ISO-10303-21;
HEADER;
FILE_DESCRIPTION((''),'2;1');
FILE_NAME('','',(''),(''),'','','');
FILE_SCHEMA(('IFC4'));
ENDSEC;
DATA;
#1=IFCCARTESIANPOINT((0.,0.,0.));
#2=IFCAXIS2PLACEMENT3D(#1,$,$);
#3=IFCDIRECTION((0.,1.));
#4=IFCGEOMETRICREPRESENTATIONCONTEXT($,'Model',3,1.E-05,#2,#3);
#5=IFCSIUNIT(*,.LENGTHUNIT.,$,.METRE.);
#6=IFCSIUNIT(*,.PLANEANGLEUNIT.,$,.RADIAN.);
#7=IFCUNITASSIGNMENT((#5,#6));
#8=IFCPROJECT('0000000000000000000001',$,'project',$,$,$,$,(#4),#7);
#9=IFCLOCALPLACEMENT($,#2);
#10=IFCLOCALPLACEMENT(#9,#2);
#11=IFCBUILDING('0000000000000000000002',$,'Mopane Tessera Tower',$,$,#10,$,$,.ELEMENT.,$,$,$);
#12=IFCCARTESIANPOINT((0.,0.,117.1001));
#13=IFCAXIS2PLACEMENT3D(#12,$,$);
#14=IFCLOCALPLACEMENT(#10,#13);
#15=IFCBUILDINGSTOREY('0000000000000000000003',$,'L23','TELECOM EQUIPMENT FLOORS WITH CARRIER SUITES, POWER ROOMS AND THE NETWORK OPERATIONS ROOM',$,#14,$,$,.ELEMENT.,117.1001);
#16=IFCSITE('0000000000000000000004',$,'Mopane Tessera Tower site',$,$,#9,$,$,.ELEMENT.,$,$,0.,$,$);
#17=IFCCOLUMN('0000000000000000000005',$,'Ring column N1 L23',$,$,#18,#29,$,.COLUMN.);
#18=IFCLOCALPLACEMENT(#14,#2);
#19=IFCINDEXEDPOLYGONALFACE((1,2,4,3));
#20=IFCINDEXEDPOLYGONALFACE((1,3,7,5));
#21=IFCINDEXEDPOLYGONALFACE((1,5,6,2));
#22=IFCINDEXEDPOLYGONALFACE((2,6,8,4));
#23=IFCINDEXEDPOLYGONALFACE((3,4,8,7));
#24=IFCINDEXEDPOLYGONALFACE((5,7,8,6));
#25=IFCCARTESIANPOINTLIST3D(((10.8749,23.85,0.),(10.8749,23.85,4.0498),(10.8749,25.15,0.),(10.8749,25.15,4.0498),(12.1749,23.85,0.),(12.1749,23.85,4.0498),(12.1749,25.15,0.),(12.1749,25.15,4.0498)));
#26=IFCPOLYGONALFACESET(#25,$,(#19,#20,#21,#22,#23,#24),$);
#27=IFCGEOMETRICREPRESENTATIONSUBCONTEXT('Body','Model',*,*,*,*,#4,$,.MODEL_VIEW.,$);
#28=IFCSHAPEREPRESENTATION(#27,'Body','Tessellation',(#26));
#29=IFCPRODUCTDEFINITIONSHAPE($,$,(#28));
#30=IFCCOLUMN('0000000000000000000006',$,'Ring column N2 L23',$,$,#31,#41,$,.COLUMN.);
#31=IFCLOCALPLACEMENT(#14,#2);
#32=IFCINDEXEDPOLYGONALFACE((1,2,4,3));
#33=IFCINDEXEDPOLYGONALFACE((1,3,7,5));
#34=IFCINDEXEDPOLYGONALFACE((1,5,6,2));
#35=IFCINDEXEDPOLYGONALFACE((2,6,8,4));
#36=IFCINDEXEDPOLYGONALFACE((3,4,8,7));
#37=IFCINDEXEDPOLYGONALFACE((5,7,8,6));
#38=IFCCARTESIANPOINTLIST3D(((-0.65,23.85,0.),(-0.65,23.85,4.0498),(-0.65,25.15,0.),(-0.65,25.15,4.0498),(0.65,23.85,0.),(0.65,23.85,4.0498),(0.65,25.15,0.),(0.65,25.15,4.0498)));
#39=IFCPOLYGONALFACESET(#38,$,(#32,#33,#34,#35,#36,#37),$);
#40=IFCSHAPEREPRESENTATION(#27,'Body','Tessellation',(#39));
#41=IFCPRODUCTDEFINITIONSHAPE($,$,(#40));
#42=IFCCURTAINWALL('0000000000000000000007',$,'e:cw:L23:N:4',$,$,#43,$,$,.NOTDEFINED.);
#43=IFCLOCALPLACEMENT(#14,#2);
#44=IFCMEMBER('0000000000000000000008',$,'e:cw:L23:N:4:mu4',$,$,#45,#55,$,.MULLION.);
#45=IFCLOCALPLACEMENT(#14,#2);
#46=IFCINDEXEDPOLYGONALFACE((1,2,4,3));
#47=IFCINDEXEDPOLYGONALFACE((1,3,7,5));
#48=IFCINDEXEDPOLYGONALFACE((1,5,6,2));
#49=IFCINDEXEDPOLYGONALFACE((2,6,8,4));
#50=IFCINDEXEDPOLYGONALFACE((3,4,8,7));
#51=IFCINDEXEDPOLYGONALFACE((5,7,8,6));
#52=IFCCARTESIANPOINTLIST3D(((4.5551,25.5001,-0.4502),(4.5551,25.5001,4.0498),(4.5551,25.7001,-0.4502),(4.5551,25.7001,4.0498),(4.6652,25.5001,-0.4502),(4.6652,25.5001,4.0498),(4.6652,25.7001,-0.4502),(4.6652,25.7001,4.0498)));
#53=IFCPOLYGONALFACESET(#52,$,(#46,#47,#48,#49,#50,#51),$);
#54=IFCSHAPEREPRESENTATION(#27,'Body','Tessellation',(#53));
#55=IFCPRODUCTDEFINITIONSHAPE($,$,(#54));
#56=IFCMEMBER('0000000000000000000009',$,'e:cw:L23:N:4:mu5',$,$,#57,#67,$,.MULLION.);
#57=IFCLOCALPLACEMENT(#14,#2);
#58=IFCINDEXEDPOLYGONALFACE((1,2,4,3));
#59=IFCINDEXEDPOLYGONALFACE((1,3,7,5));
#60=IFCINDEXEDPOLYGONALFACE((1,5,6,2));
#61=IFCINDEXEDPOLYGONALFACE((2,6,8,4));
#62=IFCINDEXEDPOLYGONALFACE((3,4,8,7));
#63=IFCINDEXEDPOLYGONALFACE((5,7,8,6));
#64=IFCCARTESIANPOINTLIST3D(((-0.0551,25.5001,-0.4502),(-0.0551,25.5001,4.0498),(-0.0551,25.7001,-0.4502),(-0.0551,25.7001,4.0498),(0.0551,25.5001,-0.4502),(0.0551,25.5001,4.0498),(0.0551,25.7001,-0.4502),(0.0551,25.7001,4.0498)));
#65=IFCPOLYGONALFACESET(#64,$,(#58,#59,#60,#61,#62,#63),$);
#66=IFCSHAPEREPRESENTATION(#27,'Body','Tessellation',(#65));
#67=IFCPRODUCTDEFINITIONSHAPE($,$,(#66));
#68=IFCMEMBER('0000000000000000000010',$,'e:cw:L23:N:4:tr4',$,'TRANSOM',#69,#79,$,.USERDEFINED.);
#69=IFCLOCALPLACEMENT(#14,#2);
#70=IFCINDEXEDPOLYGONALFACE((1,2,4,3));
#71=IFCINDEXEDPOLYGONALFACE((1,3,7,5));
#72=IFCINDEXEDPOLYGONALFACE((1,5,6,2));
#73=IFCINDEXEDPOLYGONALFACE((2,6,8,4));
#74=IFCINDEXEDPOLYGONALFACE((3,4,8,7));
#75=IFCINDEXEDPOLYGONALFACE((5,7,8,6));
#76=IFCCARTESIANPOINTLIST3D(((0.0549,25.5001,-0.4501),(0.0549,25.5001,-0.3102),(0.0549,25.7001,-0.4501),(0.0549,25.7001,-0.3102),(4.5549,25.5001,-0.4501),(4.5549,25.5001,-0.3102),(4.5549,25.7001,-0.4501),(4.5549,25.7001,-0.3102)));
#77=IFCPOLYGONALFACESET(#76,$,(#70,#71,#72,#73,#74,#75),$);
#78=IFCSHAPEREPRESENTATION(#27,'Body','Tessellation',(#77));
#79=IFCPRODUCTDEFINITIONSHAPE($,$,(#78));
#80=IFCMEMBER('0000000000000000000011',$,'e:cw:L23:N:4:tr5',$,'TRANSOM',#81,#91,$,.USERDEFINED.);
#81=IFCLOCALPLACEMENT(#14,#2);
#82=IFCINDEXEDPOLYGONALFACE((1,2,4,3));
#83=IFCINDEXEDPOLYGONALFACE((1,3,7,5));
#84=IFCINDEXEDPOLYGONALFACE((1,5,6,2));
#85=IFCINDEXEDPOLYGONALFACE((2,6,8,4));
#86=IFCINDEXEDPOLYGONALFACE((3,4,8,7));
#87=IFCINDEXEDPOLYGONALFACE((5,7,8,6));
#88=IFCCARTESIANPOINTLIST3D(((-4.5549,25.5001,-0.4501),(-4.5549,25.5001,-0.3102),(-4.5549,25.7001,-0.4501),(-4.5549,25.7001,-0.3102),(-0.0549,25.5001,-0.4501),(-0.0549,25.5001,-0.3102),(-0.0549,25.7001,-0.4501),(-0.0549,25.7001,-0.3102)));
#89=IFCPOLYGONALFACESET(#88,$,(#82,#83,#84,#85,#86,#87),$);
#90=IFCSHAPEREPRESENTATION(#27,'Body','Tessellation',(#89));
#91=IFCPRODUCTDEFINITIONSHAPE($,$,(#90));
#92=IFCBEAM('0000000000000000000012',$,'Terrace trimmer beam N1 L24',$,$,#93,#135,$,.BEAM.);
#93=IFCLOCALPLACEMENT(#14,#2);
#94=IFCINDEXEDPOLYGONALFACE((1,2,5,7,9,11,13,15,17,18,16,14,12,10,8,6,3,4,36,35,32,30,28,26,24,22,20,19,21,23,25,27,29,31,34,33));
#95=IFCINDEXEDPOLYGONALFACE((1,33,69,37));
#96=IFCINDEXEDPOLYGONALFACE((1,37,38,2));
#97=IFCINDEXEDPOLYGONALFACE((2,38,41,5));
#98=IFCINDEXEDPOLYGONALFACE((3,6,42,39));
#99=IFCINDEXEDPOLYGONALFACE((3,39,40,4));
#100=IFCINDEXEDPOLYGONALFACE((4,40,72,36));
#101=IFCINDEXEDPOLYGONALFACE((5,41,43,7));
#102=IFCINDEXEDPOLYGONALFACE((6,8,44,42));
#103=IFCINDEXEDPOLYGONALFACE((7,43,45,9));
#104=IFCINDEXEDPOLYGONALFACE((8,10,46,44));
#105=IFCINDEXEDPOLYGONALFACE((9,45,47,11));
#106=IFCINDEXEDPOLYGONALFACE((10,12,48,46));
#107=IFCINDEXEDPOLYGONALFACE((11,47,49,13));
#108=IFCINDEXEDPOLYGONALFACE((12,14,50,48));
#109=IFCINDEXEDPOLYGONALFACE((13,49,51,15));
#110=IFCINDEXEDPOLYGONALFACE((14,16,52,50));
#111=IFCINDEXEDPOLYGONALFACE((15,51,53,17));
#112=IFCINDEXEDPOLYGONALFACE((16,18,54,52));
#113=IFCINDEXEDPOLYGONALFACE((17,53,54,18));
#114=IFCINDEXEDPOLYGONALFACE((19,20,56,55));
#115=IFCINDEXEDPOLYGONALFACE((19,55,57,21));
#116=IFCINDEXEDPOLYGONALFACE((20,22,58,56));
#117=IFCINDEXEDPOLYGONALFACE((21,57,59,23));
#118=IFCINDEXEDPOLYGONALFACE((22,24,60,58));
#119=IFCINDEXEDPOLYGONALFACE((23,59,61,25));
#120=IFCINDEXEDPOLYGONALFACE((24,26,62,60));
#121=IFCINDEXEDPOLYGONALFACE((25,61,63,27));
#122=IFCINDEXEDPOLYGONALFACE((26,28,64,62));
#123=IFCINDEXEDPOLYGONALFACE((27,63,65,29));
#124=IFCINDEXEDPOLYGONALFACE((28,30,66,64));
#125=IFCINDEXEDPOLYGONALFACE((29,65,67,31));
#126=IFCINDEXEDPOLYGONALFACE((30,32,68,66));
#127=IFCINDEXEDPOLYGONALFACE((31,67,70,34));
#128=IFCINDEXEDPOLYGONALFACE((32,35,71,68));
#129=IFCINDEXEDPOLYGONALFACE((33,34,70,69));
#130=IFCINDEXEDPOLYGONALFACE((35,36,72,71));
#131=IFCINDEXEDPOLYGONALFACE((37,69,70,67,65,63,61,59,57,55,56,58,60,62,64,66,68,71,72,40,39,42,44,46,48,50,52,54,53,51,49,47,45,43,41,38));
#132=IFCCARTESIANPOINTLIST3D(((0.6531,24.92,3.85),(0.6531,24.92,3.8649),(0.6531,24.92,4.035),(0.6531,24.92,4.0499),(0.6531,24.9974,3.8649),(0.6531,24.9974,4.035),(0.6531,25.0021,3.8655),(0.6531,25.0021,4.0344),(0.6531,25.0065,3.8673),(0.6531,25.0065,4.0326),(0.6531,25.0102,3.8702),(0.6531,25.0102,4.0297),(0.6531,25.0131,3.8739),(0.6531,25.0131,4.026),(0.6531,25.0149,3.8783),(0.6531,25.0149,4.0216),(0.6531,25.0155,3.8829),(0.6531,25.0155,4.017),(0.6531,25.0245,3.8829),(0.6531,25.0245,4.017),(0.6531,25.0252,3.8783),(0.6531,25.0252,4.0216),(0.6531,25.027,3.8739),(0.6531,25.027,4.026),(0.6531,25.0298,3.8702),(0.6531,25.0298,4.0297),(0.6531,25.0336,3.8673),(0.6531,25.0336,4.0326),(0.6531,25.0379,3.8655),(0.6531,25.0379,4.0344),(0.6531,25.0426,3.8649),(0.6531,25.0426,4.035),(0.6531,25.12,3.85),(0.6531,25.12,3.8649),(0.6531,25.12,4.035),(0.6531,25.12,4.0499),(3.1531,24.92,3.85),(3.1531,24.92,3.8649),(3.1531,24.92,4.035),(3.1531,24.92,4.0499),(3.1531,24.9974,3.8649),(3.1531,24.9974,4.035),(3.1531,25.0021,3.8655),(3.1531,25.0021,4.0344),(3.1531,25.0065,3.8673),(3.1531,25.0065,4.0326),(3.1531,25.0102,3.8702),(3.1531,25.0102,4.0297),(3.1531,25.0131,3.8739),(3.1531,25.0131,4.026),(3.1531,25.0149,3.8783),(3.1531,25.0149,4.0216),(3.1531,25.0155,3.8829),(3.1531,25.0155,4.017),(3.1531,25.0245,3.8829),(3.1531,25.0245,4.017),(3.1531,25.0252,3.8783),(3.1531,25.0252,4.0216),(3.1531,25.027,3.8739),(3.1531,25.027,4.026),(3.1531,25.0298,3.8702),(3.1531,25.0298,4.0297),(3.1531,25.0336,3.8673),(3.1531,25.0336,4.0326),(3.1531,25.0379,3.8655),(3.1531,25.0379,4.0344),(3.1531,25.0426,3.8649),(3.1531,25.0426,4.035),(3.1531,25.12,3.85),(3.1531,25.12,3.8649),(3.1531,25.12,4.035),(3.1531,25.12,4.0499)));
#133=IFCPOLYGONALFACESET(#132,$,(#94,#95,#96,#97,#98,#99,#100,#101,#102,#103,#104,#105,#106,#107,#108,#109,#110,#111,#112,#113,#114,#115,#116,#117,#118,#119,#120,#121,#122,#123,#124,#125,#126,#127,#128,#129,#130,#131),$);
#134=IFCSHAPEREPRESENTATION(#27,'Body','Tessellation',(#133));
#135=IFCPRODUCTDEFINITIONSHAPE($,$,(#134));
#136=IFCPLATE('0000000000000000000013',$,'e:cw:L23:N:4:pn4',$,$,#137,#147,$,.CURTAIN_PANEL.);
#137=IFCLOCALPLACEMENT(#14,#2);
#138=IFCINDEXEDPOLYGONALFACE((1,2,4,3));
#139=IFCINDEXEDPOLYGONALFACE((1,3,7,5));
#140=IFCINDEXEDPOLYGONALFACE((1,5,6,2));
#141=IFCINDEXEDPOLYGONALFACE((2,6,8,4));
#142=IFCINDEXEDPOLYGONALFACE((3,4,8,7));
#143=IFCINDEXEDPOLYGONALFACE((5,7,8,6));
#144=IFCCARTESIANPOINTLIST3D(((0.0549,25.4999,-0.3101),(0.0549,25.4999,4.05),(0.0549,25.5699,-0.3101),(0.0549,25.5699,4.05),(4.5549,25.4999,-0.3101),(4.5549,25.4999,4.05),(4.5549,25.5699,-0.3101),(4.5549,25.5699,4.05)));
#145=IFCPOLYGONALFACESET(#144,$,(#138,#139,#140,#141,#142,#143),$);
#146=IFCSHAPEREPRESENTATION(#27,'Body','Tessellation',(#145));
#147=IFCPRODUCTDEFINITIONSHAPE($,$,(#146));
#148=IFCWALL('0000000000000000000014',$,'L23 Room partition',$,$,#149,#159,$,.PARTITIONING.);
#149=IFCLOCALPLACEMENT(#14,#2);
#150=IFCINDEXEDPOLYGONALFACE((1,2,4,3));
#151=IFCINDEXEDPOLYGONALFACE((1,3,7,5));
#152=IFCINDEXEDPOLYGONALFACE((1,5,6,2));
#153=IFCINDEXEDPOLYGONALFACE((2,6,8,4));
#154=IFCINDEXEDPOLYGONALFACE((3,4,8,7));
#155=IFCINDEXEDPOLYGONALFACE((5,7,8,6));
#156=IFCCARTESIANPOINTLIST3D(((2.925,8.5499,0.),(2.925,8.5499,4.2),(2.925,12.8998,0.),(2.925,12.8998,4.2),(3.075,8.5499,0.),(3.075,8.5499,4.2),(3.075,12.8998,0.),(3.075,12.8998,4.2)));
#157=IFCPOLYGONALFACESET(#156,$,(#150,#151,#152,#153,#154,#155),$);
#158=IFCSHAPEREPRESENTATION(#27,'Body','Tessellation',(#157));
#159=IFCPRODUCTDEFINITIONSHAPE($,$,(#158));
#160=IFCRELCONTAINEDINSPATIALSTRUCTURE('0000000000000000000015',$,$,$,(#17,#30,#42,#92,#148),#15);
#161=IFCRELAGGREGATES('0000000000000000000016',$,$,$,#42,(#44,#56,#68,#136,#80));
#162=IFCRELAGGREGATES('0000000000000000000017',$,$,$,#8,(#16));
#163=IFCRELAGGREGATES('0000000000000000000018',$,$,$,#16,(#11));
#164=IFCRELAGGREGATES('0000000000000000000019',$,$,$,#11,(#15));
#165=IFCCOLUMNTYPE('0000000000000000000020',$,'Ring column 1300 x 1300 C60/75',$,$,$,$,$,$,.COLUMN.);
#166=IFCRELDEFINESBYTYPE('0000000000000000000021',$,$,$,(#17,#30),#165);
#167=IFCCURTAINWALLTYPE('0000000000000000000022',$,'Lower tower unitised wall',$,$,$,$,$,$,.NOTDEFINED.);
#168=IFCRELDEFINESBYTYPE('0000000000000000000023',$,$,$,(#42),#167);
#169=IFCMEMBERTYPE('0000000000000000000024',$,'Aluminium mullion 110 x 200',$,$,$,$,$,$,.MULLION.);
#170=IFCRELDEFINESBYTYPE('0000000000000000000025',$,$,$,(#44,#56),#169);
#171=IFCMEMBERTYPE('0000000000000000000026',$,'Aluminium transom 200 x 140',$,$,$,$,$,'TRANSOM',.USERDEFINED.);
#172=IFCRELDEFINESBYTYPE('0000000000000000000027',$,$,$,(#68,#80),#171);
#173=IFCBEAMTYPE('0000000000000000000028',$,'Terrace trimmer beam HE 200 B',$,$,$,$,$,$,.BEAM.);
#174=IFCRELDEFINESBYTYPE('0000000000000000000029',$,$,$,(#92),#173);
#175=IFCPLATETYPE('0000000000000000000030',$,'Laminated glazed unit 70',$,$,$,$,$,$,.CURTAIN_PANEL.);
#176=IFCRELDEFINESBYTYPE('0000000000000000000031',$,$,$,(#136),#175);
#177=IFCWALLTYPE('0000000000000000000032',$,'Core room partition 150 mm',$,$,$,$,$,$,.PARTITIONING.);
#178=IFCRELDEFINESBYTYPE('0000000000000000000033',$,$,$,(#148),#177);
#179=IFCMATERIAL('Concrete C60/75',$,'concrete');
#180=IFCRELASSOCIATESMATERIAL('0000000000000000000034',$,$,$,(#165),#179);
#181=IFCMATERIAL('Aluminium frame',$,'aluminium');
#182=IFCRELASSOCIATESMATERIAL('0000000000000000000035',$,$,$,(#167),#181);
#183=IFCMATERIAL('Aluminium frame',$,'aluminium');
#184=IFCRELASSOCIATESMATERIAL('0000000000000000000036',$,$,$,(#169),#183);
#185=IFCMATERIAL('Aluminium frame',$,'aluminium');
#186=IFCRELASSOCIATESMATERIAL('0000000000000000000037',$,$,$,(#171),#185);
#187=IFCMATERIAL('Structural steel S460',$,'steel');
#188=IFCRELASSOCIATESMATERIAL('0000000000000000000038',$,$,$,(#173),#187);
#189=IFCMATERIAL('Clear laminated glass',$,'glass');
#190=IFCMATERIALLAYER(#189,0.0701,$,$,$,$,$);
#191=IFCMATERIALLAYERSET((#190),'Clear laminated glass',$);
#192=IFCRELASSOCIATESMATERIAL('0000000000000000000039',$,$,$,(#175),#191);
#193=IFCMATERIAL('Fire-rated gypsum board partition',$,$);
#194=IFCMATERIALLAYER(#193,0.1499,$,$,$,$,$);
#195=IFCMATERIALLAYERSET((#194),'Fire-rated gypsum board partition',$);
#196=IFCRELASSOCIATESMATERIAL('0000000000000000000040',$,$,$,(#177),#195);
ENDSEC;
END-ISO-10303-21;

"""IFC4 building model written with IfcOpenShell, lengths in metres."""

from ifc_helpers import new_model, si_unit, direction, frame, frame_2d, origin, origin_2d, place, context, subcontext, project, spatial, rectangle, i_section, extrude, material, layer, layer_set, material_profile, profile_set, type_object, element, aggregate, save


model = new_model("IFC4")

# Units and contexts
model_context = context("Model", 3, precision=1e-05, world=origin(), true_north=direction((0.0, 1.0)))
body_context = subcontext(model_context, "Body", "Model", "MODEL_VIEW")
ifc_project = project(units=[si_unit("LENGTHUNIT", "METRE"), si_unit("PLANEANGLEUNIT", "RADIAN")], contexts=[model_context])

# Site, building, storey
site_placement = place(None, origin())
site = spatial("IfcSite", under=ifc_project, at=site_placement, Name="Mopane Tessera Tower site", CompositionType="ELEMENT", RefElevation=0.0)
building_placement = place(site_placement, origin())
building = spatial("IfcBuilding", under=site, at=building_placement, Name="Mopane Tessera Tower", CompositionType="ELEMENT")
storey_placement = place(building_placement, frame((0.0, 0.0, 117.1001)))
storey = spatial("IfcBuildingStorey", under=building, at=storey_placement, Name="L23", Description="TELECOM EQUIPMENT FLOORS WITH CARRIER SUITES, POWER ROOMS AND THE NETWORK OPERATIONS ROOM", CompositionType="ELEMENT", Elevation=117.1001)

# Columns
ifc_material_1 = material(Name="Concrete C60/75", Category="concrete")
ifc_material_profile_1 = material_profile(ifc_material_1, rectangle(XDim=1.3, YDim=1.3, at=origin_2d()))
ifc_profile_set_1 = profile_set([ifc_material_profile_1], Name="Concrete C60/75")
column_type = type_object("IfcColumnType", Name="Ring column 1300 x 1300 C60/75", PredefinedType="COLUMN", material=ifc_profile_set_1)
for number, where, z_axis, x_axis, name in (
    (1, (11.5249, 24.5, 0.0), (0.0, 0.0, 1.0), (1.0, 0.0, 0.0), "Ring column N1 L23"),
    (2, (0.0, 24.5, 0.0), (0.0, 0.0, 1.0), (1.0, 0.0, 0.0), "Ring column N2 L23"),
):
    element("IfcColumn", number, at=place(storey_placement, frame(where, z_axis=z_axis, x_axis=x_axis)), inside=storey, type_object=column_type, Name=name, PredefinedType="COLUMN", context=body_context, shape_type="SweptSolid", body=[
        extrude(rectangle(XDim=1.3, YDim=1.3, at=origin_2d()), origin(), (0.0, 0.0, 1.0), 4.0498),
    ])

# Curtain wall, members
ifc_material_2 = material(Name="Aluminium frame", Category="aluminium")
curtain_wall_type = type_object("IfcCurtainWallType", Name="Lower tower unitised wall", PredefinedType="NOTDEFINED", material=ifc_material_2)
curtain_wall_placement = place(storey_placement, origin())
curtain_wall = element("IfcCurtainWall", 3, at=curtain_wall_placement, inside=storey, type_object=curtain_wall_type, Name="e:cw:L23:N:4", PredefinedType="NOTDEFINED")
ifc_material_3 = material(Name="Aluminium frame", Category="aluminium")
ifc_material_profile_2 = material_profile(ifc_material_3, rectangle(XDim=0.1101, YDim=0.2, at=origin_2d()))
ifc_profile_set_2 = profile_set([ifc_material_profile_2], Name="Aluminium frame")
member_type_1 = type_object("IfcMemberType", Name="Aluminium mullion 110 x 200", PredefinedType="MULLION", material=ifc_profile_set_2)
member_1_placement = place(storey_placement, frame((4.6101, 25.6001, -0.4502), z_axis=(0.0, 0.0, 1.0), x_axis=(-1.0, 0.0, 0.0)))
member_1 = element("IfcMember", 4, at=member_1_placement, type_object=member_type_1, Name="e:cw:L23:N:4:mu4", PredefinedType="MULLION", context=body_context, shape_type="SweptSolid", body=[
    extrude(rectangle(XDim=0.1101, YDim=0.2, at=origin_2d()), origin(), (0.0, 0.0, 1.0), 4.5),
])
member_2_placement = place(storey_placement, frame((0.0, 25.6001, -0.4502), z_axis=(0.0, 0.0, 1.0), x_axis=(-1.0, 0.0, 0.0)))
member_2 = element("IfcMember", 5, at=member_2_placement, type_object=member_type_1, Name="e:cw:L23:N:4:mu5", PredefinedType="MULLION", context=body_context, shape_type="SweptSolid", body=[
    extrude(rectangle(XDim=0.1101, YDim=0.2, at=origin_2d()), origin(), (0.0, 0.0, 1.0), 4.5),
])
ifc_material_4 = material(Name="Aluminium frame", Category="aluminium")
ifc_material_profile_3 = material_profile(ifc_material_4, rectangle(XDim=0.2, YDim=0.1399, at=origin_2d()))
ifc_profile_set_3 = profile_set([ifc_material_profile_3], Name="Aluminium frame")
member_type_2 = type_object("IfcMemberType", Name="Aluminium transom 200 x 140", ElementType="TRANSOM", PredefinedType="USERDEFINED", material=ifc_profile_set_3)
member_3_placement = place(storey_placement, frame((4.5549, 25.6001, -0.3801), z_axis=(-1.0, 0.0, 0.0), x_axis=(0.0, -1.0, 0.0)))
member_3 = element("IfcMember", 6, at=member_3_placement, type_object=member_type_2, Name="e:cw:L23:N:4:tr4", ObjectType="TRANSOM", PredefinedType="USERDEFINED", context=body_context, shape_type="SweptSolid", body=[
    extrude(rectangle(XDim=0.2, YDim=0.1399, at=origin_2d()), origin(), (0.0, 0.0, 1.0), 4.5),
])
member_4_placement = place(storey_placement, frame((-0.0549, 25.6001, -0.3801), z_axis=(-1.0, 0.0, 0.0), x_axis=(0.0, -1.0, 0.0)))
member_4 = element("IfcMember", 7, at=member_4_placement, type_object=member_type_2, Name="e:cw:L23:N:4:tr5", ObjectType="TRANSOM", PredefinedType="USERDEFINED", context=body_context, shape_type="SweptSolid", body=[
    extrude(rectangle(XDim=0.2, YDim=0.1399, at=origin_2d()), origin(), (0.0, 0.0, 1.0), 4.5),
])

# Beam
ifc_material_5 = material(Name="Structural steel S460", Category="steel")
ifc_material_profile_4 = material_profile(ifc_material_5, i_section(OverallWidth=0.2, OverallDepth=0.2, WebThickness=0.009, FlangeThickness=0.0149, FilletRadius=0.0181, at=origin_2d()))
ifc_profile_set_4 = profile_set([ifc_material_profile_4], Name="Structural steel S460")
beam_type = type_object("IfcBeamType", Name="Terrace trimmer beam HE 200 B", PredefinedType="BEAM", material=ifc_profile_set_4)
beam_placement = place(storey_placement, frame((0.6531, 25.02, 3.95), z_axis=(1.0, 0.0, 0.0), x_axis=(0.0, 1.0, 0.0)))
element("IfcBeam", 8, at=beam_placement, inside=storey, type_object=beam_type, Name="Terrace trimmer beam N1 L24", PredefinedType="BEAM", context=body_context, shape_type="SweptSolid", body=[
    extrude(i_section(OverallWidth=0.2, OverallDepth=0.2, WebThickness=0.009, FlangeThickness=0.0149, FilletRadius=0.0181, at=origin_2d()), origin(), (0.0, 0.0, 1.0), 2.5),
])

# Plate
ifc_material_6 = material(Name="Clear laminated glass", Category="glass")
ifc_layer_1 = layer(ifc_material_6, 0.0701)
ifc_layer_set_1 = layer_set([ifc_layer_1], Name="Clear laminated glass")
plate_type = type_object("IfcPlateType", Name="Laminated glazed unit 70", PredefinedType="CURTAIN_PANEL", material=ifc_layer_set_1)
plate_placement = place(storey_placement, frame((2.3049, 25.5349, -0.3101), z_axis=(0.0, 0.0, 1.0), x_axis=(-1.0, 0.0, 0.0)))
plate = element("IfcPlate", 9, at=plate_placement, type_object=plate_type, Name="e:cw:L23:N:4:pn4", PredefinedType="CURTAIN_PANEL", context=body_context, shape_type="SweptSolid", body=[
    extrude(rectangle(XDim=4.5, YDim=0.0701, at=origin_2d()), origin(), (0.0, 0.0, 1.0), 4.3601),
])
aggregate(curtain_wall, [member_1, member_2, member_3, plate, member_4])

# Wall
ifc_material_7 = material(Name="Fire-rated gypsum board partition")
ifc_layer_2 = layer(ifc_material_7, 0.1499)
ifc_layer_set_2 = layer_set([ifc_layer_2], Name="Fire-rated gypsum board partition")
wall_type_1 = type_object("IfcWallType", Name="Core room partition 150 mm", PredefinedType="PARTITIONING", material=ifc_layer_set_2)
wall_1_placement = place(storey_placement, frame((3.0, 8.55, 0.0), z_axis=(0.0, 0.0, 1.0), x_axis=(0.0, 1.0, 0.0)))
element("IfcWall", 10, at=wall_1_placement, inside=storey, type_object=wall_type_1, Name="L23 Room partition", PredefinedType="PARTITIONING", context=body_context, shape_type="SweptSolid", body=[
    extrude(rectangle(XDim=4.3499, YDim=0.1499, at=frame_2d((2.1748, 0.0))), origin(), (0.0, 0.0, 1.0), 4.2),
])

save(model, "model.ifc")
